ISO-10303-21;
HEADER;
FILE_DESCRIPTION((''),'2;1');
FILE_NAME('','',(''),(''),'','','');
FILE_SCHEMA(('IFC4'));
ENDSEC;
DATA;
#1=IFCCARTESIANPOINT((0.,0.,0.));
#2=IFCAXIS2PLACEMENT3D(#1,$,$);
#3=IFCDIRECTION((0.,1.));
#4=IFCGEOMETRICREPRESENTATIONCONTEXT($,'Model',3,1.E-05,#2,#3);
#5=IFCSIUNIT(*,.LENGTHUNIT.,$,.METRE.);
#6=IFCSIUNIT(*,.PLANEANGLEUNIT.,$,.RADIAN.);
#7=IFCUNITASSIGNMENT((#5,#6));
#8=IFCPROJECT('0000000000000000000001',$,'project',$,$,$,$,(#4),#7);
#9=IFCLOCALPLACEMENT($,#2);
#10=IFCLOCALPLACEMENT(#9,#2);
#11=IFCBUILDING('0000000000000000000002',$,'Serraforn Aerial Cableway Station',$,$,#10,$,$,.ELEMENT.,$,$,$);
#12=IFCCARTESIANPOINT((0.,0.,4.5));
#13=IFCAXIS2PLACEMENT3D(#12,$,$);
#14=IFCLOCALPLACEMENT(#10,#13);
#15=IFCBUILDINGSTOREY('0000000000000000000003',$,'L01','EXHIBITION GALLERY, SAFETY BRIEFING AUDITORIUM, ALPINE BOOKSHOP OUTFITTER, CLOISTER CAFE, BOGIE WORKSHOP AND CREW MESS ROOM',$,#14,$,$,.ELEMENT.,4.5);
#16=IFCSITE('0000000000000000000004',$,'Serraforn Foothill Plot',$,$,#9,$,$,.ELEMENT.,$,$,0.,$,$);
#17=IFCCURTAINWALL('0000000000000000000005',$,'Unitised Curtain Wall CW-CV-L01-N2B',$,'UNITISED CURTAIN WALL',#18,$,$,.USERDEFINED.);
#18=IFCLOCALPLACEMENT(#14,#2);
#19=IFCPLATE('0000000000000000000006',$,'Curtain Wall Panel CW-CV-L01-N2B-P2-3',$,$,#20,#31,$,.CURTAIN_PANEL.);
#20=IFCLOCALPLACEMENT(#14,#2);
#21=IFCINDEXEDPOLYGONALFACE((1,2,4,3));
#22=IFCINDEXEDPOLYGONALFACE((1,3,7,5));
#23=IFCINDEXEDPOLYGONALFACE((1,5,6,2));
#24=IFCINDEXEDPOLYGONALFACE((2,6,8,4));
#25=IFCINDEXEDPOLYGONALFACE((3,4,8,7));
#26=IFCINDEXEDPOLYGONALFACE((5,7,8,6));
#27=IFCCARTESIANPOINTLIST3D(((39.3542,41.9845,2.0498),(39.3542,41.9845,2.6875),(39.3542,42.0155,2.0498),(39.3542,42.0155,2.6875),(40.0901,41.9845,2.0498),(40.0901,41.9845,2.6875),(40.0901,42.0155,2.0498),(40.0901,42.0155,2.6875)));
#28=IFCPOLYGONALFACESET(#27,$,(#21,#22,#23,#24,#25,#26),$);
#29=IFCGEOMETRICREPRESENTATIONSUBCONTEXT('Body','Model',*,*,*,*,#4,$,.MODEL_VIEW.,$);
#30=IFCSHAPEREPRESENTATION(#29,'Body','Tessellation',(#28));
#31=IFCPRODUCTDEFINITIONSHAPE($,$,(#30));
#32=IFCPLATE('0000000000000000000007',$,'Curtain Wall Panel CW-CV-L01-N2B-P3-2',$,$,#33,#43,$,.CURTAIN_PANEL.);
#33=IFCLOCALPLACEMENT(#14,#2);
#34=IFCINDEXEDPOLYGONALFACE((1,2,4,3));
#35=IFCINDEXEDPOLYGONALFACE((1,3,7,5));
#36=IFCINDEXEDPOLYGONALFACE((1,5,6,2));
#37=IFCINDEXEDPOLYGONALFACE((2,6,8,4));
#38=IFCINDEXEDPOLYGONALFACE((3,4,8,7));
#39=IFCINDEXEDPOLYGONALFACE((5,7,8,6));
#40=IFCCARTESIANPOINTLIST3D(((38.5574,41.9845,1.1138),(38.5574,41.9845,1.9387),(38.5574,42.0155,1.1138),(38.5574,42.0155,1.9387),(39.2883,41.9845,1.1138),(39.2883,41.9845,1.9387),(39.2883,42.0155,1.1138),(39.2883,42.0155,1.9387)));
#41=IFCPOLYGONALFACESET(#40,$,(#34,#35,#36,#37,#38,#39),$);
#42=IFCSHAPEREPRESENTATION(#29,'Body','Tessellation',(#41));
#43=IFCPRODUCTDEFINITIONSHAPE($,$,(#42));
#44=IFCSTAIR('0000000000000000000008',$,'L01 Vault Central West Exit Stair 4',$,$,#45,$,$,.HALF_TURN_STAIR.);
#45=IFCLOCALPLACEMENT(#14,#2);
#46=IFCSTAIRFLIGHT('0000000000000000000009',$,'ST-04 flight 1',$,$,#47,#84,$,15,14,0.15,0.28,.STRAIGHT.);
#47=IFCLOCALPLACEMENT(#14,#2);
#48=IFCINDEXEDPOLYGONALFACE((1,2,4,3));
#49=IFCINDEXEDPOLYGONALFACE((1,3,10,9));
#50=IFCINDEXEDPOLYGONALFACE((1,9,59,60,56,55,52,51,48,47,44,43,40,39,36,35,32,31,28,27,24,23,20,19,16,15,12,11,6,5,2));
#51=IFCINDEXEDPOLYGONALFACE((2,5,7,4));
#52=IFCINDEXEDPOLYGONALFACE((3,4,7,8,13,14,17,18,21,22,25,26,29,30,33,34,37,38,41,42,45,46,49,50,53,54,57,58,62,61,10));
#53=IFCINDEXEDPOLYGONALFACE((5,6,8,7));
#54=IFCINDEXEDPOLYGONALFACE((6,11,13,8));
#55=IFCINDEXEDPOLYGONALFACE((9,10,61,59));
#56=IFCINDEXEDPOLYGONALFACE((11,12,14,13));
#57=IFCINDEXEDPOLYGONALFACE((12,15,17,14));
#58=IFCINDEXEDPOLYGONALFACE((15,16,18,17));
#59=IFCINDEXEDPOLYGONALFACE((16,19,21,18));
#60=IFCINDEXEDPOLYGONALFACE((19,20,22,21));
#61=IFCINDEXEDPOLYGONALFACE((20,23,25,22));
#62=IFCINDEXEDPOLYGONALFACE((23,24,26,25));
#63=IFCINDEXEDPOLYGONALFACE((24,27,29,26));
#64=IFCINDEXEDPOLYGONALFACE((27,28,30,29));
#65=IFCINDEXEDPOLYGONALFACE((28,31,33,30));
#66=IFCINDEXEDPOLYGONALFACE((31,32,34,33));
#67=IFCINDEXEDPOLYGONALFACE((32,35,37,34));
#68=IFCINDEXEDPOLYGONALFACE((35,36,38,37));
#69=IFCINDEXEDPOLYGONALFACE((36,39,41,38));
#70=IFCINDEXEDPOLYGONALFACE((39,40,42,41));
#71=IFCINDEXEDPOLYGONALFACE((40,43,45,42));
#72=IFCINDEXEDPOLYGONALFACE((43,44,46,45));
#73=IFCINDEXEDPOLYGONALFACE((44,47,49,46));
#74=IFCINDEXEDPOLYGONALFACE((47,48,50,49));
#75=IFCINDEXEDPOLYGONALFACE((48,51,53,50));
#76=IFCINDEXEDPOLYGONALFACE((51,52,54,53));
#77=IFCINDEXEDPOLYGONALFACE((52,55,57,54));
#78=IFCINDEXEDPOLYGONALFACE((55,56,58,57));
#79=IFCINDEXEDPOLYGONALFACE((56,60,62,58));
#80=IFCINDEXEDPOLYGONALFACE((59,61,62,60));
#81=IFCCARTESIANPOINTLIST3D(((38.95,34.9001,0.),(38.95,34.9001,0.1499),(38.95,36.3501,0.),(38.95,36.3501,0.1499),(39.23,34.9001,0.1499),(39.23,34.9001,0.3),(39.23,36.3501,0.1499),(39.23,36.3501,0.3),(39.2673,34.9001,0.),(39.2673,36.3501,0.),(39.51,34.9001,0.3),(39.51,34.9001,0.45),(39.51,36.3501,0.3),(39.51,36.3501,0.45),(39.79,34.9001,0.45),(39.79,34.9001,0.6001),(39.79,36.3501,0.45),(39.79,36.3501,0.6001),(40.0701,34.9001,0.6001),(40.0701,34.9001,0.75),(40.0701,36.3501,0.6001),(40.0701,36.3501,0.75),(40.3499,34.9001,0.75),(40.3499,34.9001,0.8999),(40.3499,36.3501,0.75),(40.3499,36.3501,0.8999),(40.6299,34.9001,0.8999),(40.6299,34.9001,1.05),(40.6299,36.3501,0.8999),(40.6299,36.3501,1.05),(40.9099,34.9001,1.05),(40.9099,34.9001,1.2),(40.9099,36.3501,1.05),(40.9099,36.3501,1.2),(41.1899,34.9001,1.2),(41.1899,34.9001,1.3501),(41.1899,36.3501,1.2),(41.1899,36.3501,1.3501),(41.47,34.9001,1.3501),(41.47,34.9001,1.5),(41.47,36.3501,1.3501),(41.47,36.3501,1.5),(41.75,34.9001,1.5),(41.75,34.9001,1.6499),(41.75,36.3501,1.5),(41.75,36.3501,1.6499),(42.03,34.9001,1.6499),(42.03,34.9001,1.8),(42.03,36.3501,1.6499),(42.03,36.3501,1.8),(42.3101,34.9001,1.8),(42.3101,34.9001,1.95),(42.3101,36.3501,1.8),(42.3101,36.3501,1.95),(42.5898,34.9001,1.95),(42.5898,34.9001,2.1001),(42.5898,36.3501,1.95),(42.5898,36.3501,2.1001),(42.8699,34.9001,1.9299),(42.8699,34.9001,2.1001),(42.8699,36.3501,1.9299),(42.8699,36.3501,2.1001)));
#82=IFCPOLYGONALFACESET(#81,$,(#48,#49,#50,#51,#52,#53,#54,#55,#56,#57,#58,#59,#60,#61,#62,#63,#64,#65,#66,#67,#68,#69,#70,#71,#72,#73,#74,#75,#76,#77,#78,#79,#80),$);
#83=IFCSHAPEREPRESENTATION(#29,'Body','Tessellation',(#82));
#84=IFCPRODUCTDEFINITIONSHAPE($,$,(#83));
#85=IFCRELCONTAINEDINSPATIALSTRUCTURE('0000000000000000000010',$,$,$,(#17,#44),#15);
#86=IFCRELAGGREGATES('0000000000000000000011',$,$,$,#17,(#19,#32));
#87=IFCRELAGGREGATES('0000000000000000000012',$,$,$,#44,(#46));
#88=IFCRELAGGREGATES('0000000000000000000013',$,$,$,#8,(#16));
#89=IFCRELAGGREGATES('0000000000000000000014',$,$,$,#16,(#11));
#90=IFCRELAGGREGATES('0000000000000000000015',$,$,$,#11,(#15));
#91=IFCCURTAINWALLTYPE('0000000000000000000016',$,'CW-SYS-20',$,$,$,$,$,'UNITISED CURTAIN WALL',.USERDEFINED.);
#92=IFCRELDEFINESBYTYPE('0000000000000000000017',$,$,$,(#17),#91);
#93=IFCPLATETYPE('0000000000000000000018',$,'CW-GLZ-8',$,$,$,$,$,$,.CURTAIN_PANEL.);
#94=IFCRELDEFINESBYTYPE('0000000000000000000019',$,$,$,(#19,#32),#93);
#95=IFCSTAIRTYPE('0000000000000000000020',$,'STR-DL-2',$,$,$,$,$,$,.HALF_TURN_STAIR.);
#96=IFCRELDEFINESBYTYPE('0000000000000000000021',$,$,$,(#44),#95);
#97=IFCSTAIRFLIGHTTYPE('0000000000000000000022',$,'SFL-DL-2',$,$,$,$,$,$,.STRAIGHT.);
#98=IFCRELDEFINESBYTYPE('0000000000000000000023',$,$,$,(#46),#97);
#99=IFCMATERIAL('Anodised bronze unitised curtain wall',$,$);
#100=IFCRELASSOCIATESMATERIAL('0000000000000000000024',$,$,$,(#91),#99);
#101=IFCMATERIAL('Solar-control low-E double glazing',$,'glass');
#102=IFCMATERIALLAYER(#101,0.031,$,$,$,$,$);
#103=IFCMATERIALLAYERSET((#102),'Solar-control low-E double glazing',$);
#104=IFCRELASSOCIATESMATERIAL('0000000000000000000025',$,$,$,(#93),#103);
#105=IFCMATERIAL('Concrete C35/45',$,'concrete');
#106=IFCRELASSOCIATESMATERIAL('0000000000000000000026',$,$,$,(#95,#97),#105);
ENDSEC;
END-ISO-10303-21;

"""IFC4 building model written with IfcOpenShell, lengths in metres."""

from ifc_helpers import new_model, si_unit, direction, frame, origin, origin_2d, place, context, subcontext, project, spatial, polyline, rectangle, outline, extrude, material, layer, layer_set, type_object, element, aggregate, save


model = new_model("IFC4")

# Units and contexts
model_context = context("Model", 3, precision=1e-05, world=origin(), true_north=direction((0.0, 1.0)))
body_context = subcontext(model_context, "Body", "Model", "MODEL_VIEW")
ifc_project = project(units=[si_unit("LENGTHUNIT", "METRE"), si_unit("PLANEANGLEUNIT", "RADIAN")], contexts=[model_context])

# Site, building, storey
site_placement = place(None, origin())
site = spatial("IfcSite", under=ifc_project, at=site_placement, Name="Serraforn Foothill Plot", CompositionType="ELEMENT", RefElevation=0.0)
building_placement = place(site_placement, origin())
building = spatial("IfcBuilding", under=site, at=building_placement, Name="Serraforn Aerial Cableway Station", CompositionType="ELEMENT")
storey_placement = place(building_placement, frame((0.0, 0.0, 4.5)))
storey = spatial("IfcBuildingStorey", under=building, at=storey_placement, Name="L01", Description="EXHIBITION GALLERY, SAFETY BRIEFING AUDITORIUM, ALPINE BOOKSHOP OUTFITTER, CLOISTER CAFE, BOGIE WORKSHOP AND CREW MESS ROOM", CompositionType="ELEMENT", Elevation=4.5)

# Curtain wall, plates
ifc_material_1 = material(Name="Anodised bronze unitised curtain wall")
curtain_wall_type = type_object("IfcCurtainWallType", Name="CW-SYS-20", ElementType="UNITISED CURTAIN WALL", PredefinedType="USERDEFINED", material=ifc_material_1)
curtain_wall_placement = place(storey_placement, origin())
curtain_wall = element("IfcCurtainWall", 1, at=curtain_wall_placement, inside=storey, type_object=curtain_wall_type, Name="Unitised Curtain Wall CW-CV-L01-N2B", ObjectType="UNITISED CURTAIN WALL", PredefinedType="USERDEFINED")
ifc_material_2 = material(Name="Solar-control low-E double glazing", Category="glass")
ifc_layer_1 = layer(ifc_material_2, 0.031)
ifc_layer_set_1 = layer_set([ifc_layer_1], Name="Solar-control low-E double glazing")
plate_type_1 = type_object("IfcPlateType", Name="CW-GLZ-8", PredefinedType="CURTAIN_PANEL", material=ifc_layer_set_1)
plate_1_placement = place(storey_placement, frame((39.7222, 42.0, 2.0498), z_axis=(0.0, 0.0, 1.0), x_axis=(1.0, 0.0, 0.0)))
plate_1 = element("IfcPlate", 2, at=plate_1_placement, type_object=plate_type_1, Name="Curtain Wall Panel CW-CV-L01-N2B-P2-3", PredefinedType="CURTAIN_PANEL", context=body_context, shape_type="SweptSolid", body=[
    extrude(rectangle(XDim=0.7358, YDim=0.031, at=origin_2d()), origin(), (0.0, 0.0, 1.0), 0.6377),
])
plate_2_placement = place(storey_placement, frame((38.9229, 42.0, 1.1138), z_axis=(0.0, 0.0, 1.0), x_axis=(1.0, 0.0, 0.0)))
plate_2 = element("IfcPlate", 3, at=plate_2_placement, type_object=plate_type_1, Name="Curtain Wall Panel CW-CV-L01-N2B-P3-2", PredefinedType="CURTAIN_PANEL", context=body_context, shape_type="SweptSolid", body=[
    extrude(rectangle(XDim=0.731, YDim=0.031, at=origin_2d()), origin(), (0.0, 0.0, 1.0), 0.825),
])
aggregate(curtain_wall, [plate_1, plate_2])

# Stair, stair flight
ifc_material_3 = material(Name="Concrete C35/45", Category="concrete")
stair_type = type_object("IfcStairType", Name="STR-DL-2", PredefinedType="HALF_TURN_STAIR", material=ifc_material_3)
stair_placement = place(storey_placement, origin())
stair = element("IfcStair", 4, at=stair_placement, inside=storey, type_object=stair_type, Name="L01 Vault Central West Exit Stair 4", PredefinedType="HALF_TURN_STAIR")
stair_flight_type = type_object("IfcStairFlightType", Name="SFL-DL-2", PredefinedType="STRAIGHT", material=ifc_material_3)
stair_flight_placement = place(storey_placement, frame((38.95, 35.625, 0.0), z_axis=(0.0, 0.0, 1.0), x_axis=(1.0, 0.0, 0.0)))
stair_flight = element("IfcStairFlight", 5, at=stair_flight_placement, type_object=stair_flight_type, Name="ST-04 flight 1", NumberOfRisers=15, NumberOfTreads=14, PredefinedType="STRAIGHT", RiserHeight=0.15, TreadLength=0.28, context=body_context, shape_type="SweptSolid", body=[
    extrude(outline(polyline([(0.0, 0.0), (0.0, 0.1499), (0.28, 0.1499), (0.28, 0.3), (0.5601, 0.3), (0.5601, 0.45), (0.8401, 0.45), (0.8401, 0.6001), (1.1201, 0.6001), (1.1201, 0.75), (1.3999, 0.75), (1.3999, 0.8999), (1.6799, 0.8999), (1.6799, 1.05), (1.96, 1.05), (1.96, 1.2), (2.24, 1.2), (2.24, 1.3501), (2.52, 1.3501), (2.52, 1.5), (2.8, 1.5), (2.8, 1.6499), (3.0801, 1.6499), (3.0801, 1.8), (3.3601, 1.8), (3.3601, 1.95), (3.6399, 1.95), (3.6399, 2.1001), (3.9199, 2.1001), (3.9199, 2.25), (3.9199, 1.9299), (0.3174, 0.0), (0.0, 0.0)])), frame((0.0, 0.7251, 0.0), z_axis=(0.0, -1.0, 0.0), x_axis=(1.0, 0.0, 0.0)), (0.0, 0.0, 1.0), 1.45),
])
aggregate(stair, [stair_flight])

save(model, "model.ifc")
